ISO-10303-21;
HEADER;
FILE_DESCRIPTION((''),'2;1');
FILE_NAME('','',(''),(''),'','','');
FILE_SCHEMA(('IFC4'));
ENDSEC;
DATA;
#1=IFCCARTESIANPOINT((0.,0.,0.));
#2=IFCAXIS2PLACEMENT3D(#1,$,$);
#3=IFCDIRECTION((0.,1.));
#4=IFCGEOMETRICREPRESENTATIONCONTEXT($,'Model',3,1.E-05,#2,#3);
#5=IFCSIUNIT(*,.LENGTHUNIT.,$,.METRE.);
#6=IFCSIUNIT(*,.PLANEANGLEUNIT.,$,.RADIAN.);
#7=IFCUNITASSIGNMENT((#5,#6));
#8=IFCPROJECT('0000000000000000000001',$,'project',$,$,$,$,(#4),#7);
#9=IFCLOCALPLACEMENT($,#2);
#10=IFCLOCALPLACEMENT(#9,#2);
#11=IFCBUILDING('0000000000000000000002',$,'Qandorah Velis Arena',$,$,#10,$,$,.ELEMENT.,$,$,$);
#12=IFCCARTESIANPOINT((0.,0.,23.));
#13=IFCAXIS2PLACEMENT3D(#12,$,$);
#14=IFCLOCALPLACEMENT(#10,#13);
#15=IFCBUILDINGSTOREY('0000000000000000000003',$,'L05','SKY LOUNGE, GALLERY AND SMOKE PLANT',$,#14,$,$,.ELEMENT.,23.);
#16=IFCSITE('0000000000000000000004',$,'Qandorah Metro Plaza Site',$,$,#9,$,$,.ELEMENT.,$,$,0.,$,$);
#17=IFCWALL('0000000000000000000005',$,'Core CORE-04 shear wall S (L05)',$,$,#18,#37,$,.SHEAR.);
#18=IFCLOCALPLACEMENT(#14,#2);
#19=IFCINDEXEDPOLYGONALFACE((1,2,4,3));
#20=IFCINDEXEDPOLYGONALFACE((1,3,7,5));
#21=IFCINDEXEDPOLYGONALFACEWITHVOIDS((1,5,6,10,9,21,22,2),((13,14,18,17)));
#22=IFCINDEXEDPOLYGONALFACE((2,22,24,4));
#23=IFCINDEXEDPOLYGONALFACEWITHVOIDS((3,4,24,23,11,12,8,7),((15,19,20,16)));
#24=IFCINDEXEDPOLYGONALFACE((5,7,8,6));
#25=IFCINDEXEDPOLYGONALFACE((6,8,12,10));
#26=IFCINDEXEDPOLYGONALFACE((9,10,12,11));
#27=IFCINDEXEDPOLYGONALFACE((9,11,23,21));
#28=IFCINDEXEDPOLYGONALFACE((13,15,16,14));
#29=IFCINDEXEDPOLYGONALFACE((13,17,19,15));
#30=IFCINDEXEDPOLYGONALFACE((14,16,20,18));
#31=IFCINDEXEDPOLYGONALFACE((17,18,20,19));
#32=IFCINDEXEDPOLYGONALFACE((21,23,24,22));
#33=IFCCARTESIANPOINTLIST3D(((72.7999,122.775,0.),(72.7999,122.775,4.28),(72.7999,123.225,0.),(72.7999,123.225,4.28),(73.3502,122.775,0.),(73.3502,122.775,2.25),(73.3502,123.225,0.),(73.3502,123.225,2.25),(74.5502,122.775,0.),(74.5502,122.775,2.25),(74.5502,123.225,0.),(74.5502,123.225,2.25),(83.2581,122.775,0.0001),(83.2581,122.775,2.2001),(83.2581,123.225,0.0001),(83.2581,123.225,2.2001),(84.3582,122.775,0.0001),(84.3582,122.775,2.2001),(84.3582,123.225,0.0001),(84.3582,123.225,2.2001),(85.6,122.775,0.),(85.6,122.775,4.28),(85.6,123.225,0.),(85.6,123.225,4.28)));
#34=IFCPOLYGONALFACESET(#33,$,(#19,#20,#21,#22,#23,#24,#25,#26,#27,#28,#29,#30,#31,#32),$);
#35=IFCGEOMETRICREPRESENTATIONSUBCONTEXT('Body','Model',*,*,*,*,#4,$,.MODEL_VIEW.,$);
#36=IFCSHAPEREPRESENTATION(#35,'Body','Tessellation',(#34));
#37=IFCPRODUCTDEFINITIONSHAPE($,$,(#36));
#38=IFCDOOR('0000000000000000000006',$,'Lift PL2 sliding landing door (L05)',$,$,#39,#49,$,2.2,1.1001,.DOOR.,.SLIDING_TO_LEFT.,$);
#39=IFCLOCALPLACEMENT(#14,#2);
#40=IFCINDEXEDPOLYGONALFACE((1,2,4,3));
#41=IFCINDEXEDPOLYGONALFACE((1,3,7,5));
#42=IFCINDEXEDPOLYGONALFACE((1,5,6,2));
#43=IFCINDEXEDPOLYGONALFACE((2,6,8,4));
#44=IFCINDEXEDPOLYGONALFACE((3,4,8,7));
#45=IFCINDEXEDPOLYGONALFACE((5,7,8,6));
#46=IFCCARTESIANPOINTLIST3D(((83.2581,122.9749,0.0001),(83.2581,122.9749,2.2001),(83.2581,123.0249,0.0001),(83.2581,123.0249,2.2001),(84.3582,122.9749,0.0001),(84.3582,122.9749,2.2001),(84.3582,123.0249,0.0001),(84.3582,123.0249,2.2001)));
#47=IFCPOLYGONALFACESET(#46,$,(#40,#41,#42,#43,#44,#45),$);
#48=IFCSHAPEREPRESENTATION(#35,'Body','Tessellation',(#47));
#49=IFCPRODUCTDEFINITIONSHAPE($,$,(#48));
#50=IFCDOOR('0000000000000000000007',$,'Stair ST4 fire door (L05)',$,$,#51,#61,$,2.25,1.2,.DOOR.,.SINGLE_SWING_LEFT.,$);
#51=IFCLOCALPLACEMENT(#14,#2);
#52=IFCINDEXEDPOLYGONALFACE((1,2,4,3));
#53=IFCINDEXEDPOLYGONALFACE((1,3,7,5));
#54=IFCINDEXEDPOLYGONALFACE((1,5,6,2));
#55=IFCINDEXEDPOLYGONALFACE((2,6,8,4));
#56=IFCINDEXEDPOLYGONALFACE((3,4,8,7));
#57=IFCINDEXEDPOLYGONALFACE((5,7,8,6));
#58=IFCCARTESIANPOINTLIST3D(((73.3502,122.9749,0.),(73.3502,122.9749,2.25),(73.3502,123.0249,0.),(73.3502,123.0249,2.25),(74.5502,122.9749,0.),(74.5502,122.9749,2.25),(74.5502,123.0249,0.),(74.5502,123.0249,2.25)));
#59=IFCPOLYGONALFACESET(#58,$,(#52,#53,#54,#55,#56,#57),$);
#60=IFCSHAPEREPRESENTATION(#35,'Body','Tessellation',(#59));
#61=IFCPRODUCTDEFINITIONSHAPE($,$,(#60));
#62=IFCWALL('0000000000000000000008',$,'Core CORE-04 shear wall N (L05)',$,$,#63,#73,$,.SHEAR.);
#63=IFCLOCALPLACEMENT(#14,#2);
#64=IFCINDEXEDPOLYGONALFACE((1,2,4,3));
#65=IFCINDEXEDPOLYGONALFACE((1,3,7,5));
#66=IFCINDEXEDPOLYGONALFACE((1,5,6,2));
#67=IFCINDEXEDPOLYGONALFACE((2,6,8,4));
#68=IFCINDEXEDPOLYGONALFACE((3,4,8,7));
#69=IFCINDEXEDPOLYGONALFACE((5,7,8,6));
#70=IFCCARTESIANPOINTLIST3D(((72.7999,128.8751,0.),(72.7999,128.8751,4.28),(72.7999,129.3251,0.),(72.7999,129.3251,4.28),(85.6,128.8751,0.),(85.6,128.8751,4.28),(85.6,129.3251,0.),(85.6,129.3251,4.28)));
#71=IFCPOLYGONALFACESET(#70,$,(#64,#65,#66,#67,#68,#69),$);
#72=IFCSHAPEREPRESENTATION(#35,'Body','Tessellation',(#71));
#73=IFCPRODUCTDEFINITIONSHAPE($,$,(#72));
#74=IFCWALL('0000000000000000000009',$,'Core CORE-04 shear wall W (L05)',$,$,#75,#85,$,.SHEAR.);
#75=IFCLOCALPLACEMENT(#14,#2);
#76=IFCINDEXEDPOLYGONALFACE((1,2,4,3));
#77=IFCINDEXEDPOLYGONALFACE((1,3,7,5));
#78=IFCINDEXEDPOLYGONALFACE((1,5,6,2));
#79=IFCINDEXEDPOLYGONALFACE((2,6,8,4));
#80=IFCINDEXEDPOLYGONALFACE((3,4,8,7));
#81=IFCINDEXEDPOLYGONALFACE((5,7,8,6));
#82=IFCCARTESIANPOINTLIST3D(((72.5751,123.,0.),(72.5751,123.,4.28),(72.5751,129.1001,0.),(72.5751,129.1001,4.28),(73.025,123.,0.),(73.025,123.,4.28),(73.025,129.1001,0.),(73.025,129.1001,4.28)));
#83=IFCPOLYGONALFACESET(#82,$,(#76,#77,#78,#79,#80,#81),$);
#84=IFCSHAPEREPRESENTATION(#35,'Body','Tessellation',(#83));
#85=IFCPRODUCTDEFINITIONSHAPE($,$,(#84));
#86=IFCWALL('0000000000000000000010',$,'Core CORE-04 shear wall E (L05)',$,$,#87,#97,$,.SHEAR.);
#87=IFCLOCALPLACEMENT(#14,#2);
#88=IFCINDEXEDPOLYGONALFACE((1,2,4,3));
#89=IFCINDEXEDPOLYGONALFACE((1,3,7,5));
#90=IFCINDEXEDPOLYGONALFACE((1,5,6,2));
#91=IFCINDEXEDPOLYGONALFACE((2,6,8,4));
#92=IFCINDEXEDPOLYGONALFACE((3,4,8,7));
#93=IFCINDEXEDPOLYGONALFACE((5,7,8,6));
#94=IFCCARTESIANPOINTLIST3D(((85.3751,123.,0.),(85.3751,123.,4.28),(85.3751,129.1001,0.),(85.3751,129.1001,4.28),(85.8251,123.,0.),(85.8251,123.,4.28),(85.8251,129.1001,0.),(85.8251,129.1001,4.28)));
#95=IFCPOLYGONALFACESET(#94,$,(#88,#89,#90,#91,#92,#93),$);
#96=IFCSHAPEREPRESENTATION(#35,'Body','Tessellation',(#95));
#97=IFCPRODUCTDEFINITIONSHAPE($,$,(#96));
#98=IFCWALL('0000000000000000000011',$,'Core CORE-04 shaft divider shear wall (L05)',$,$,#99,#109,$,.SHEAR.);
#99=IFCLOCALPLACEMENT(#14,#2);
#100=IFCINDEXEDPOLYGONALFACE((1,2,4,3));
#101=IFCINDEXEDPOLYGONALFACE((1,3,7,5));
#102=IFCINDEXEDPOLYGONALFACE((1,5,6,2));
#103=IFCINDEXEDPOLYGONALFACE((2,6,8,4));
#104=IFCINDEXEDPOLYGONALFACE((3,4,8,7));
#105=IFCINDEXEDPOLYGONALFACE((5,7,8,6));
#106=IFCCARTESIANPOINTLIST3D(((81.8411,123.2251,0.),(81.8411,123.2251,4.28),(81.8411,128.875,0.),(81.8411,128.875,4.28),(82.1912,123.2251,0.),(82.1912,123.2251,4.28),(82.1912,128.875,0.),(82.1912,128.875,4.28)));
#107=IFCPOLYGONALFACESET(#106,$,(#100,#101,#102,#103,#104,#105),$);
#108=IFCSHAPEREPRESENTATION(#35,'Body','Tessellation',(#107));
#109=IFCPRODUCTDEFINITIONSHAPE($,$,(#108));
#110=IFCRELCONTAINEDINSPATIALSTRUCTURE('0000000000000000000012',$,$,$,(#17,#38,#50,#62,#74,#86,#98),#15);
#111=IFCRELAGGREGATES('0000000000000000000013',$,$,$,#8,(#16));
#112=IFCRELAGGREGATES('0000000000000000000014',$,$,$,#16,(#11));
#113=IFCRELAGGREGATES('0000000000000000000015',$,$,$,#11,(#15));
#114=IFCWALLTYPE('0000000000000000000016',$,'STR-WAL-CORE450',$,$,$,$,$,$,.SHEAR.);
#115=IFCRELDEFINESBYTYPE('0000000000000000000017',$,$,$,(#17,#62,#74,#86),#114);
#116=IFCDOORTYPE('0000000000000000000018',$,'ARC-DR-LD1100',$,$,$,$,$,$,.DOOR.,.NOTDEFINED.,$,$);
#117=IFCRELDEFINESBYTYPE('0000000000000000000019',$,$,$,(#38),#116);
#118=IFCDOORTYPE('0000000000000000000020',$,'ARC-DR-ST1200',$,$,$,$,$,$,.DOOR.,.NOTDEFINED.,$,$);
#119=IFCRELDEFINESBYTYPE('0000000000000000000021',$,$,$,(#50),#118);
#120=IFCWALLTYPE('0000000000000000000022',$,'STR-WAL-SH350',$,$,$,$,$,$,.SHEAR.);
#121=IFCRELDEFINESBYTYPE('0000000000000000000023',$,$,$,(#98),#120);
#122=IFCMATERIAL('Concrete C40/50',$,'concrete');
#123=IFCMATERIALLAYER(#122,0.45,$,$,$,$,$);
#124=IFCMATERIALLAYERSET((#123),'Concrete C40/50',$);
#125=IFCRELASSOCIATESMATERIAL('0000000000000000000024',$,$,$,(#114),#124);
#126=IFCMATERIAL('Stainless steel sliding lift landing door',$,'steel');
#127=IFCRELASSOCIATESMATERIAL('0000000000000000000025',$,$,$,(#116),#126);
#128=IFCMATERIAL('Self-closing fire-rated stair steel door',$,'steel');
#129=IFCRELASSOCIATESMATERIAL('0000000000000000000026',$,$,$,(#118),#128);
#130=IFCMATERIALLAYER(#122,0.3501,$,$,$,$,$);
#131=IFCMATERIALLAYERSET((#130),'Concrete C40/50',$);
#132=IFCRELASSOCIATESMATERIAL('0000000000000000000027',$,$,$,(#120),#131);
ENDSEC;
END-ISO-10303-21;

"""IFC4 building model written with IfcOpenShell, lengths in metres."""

from ifc_helpers import new_model, si_unit, direction, frame, frame_2d, origin, place, context, subcontext, project, spatial, rectangle, extrude, material, layer, layer_set, type_object, element, fill, save


model = new_model("IFC4")

# Units and contexts
model_context = context("Model", 3, precision=1e-05, world=origin(), true_north=direction((0.0, 1.0)))
body_context = subcontext(model_context, "Body", "Model", "MODEL_VIEW")
ifc_project = project(units=[si_unit("LENGTHUNIT", "METRE"), si_unit("PLANEANGLEUNIT", "RADIAN")], contexts=[model_context])

# Site, building, storey
site_placement = place(None, origin())
site = spatial("IfcSite", under=ifc_project, at=site_placement, Name="Qandorah Metro Plaza Site", CompositionType="ELEMENT", RefElevation=0.0)
building_placement = place(site_placement, origin())
building = spatial("IfcBuilding", under=site, at=building_placement, Name="Qandorah Velis Arena", CompositionType="ELEMENT")
storey_placement = place(building_placement, frame((0.0, 0.0, 23.0)))
storey = spatial("IfcBuildingStorey", under=building, at=storey_placement, Name="L05", Description="SKY LOUNGE, GALLERY AND SMOKE PLANT", CompositionType="ELEMENT", Elevation=23.0)

# Shared definitions
ifc_material_1 = material(Name="Concrete C40/50", Category="concrete")

# Wall, openings, doors
ifc_layer_1 = layer(ifc_material_1, 0.45)
ifc_layer_set_1 = layer_set([ifc_layer_1], Name="Concrete C40/50")
wall_type_1 = type_object("IfcWallType", Name="STR-WAL-CORE450", PredefinedType="SHEAR", material=ifc_layer_set_1)
wall_1_placement = place(storey_placement, frame((72.8, 123.0, 0.0), z_axis=(0.0, 0.0, 1.0), x_axis=(1.0, 0.0, 0.0)))
wall_1 = element("IfcWall", 1, at=wall_1_placement, inside=storey, type_object=wall_type_1, Name="Core CORE-04 shear wall S (L05)", PredefinedType="SHEAR", context=body_context, shape_type="SweptSolid", body=[
    extrude(rectangle(XDim=12.8, YDim=0.45, at=frame_2d((6.3999, 0.0))), origin(), (0.0, 0.0, 1.0), 4.28),
])
opening_1_placement = place(wall_1_placement, frame((0.55, 0.0, 0.0)))
opening_1 = element("IfcOpeningElement", 2, at=opening_1_placement, cuts=wall_1, PredefinedType="OPENING", context=body_context, shape_type="SweptSolid", body=[
    extrude(rectangle(XDim=1.2, YDim=2.25, at=frame_2d((0.6001, 1.125))), frame((0.0, 0.2349, 0.0), z_axis=(0.0, -1.0, 0.0), x_axis=(1.0, 0.0, 0.0)), (0.0, 0.0, 1.0), 0.47),
])
opening_2_placement = place(wall_1_placement, frame((10.458, 0.0, 0.0)))
opening_2 = element("IfcOpeningElement", 3, at=opening_2_placement, cuts=wall_1, PredefinedType="OPENING", context=body_context, shape_type="SweptSolid", body=[
    extrude(rectangle(XDim=1.1001, YDim=2.2, at=frame_2d((0.55, 1.1001))), frame((0.0, 0.2349, 0.0), z_axis=(0.0, -1.0, 0.0), x_axis=(1.0, 0.0, 0.0)), (0.0, 0.0, 1.0), 0.47),
])
ifc_material_2 = material(Name="Stainless steel sliding lift landing door", Category="steel")
door_type_1 = type_object("IfcDoorType", Name="ARC-DR-LD1100", OperationType="NOTDEFINED", PredefinedType="DOOR", material=ifc_material_2)
door_1_placement = place(opening_2_placement, origin())
door_1 = element("IfcDoor", 4, at=door_1_placement, inside=storey, type_object=door_type_1, Name="Lift PL2 sliding landing door (L05)", OperationType="SLIDING_TO_LEFT", OverallHeight=2.2, OverallWidth=1.1001, PredefinedType="DOOR", context=body_context, shape_type="SweptSolid", body=[
    extrude(rectangle(XDim=1.1001, YDim=2.2, at=frame_2d((0.55, 1.1001))), frame((0.0, 0.0249, 0.0), z_axis=(0.0, -1.0, 0.0), x_axis=(1.0, 0.0, 0.0)), (0.0, 0.0, 1.0), 0.05),
])
fill(opening_2, door_1)
ifc_material_3 = material(Name="Self-closing fire-rated stair steel door", Category="steel")
door_type_2 = type_object("IfcDoorType", Name="ARC-DR-ST1200", OperationType="NOTDEFINED", PredefinedType="DOOR", material=ifc_material_3)
door_2_placement = place(opening_1_placement, origin())
door_2 = element("IfcDoor", 5, at=door_2_placement, inside=storey, type_object=door_type_2, Name="Stair ST4 fire door (L05)", OperationType="SINGLE_SWING_LEFT", OverallHeight=2.25, OverallWidth=1.2, PredefinedType="DOOR", context=body_context, shape_type="SweptSolid", body=[
    extrude(rectangle(XDim=1.2, YDim=2.25, at=frame_2d((0.6001, 1.125))), frame((0.0, 0.0249, 0.0), z_axis=(0.0, -1.0, 0.0), x_axis=(1.0, 0.0, 0.0)), (0.0, 0.0, 1.0), 0.05),
])
fill(opening_1, door_2)

# Walls
wall_2_placement = place(storey_placement, frame((72.8, 129.1001, 0.0), z_axis=(0.0, 0.0, 1.0), x_axis=(1.0, 0.0, 0.0)))
element("IfcWall", 6, at=wall_2_placement, inside=storey, type_object=wall_type_1, Name="Core CORE-04 shear wall N (L05)", PredefinedType="SHEAR", context=body_context, shape_type="SweptSolid", body=[
    extrude(rectangle(XDim=12.8, YDim=0.45, at=frame_2d((6.3999, 0.0))), origin(), (0.0, 0.0, 1.0), 4.28),
])
for number, where, z_axis, x_axis, name in (
    (7, (72.8, 123.0, 0.0), (0.0, 0.0, 1.0), (0.0, 1.0, 0.0), "Core CORE-04 shear wall W (L05)"),
    (8, (85.6001, 123.0, 0.0), (0.0, 0.0, 1.0), (0.0, 1.0, 0.0), "Core CORE-04 shear wall E (L05)"),
):
    element("IfcWall", number, at=place(storey_placement, frame(where, z_axis=z_axis, x_axis=x_axis)), inside=storey, type_object=wall_type_1, Name=name, PredefinedType="SHEAR", context=body_context, shape_type="SweptSolid", body=[
        extrude(rectangle(XDim=6.1001, YDim=0.45, at=frame_2d((3.05, 0.0))), origin(), (0.0, 0.0, 1.0), 4.28),
    ])
ifc_layer_2 = layer(ifc_material_1, 0.3501)
ifc_layer_set_2 = layer_set([ifc_layer_2], Name="Concrete C40/50")
wall_type_2 = type_object("IfcWallType", Name="STR-WAL-SH350", PredefinedType="SHEAR", material=ifc_layer_set_2)
wall_3_placement = place(storey_placement, frame((82.0161, 123.2251, 0.0), z_axis=(0.0, 0.0, 1.0), x_axis=(0.0, 1.0, 0.0)))
element("IfcWall", 9, at=wall_3_placement, inside=storey, type_object=wall_type_2, Name="Core CORE-04 shaft divider shear wall (L05)", PredefinedType="SHEAR", context=body_context, shape_type="SweptSolid", body=[
    extrude(rectangle(XDim=5.6499, YDim=0.3501, at=frame_2d((2.825, 0.0))), origin(), (0.0, 0.0, 1.0), 4.28),
])

save(model, "model.ifc")
